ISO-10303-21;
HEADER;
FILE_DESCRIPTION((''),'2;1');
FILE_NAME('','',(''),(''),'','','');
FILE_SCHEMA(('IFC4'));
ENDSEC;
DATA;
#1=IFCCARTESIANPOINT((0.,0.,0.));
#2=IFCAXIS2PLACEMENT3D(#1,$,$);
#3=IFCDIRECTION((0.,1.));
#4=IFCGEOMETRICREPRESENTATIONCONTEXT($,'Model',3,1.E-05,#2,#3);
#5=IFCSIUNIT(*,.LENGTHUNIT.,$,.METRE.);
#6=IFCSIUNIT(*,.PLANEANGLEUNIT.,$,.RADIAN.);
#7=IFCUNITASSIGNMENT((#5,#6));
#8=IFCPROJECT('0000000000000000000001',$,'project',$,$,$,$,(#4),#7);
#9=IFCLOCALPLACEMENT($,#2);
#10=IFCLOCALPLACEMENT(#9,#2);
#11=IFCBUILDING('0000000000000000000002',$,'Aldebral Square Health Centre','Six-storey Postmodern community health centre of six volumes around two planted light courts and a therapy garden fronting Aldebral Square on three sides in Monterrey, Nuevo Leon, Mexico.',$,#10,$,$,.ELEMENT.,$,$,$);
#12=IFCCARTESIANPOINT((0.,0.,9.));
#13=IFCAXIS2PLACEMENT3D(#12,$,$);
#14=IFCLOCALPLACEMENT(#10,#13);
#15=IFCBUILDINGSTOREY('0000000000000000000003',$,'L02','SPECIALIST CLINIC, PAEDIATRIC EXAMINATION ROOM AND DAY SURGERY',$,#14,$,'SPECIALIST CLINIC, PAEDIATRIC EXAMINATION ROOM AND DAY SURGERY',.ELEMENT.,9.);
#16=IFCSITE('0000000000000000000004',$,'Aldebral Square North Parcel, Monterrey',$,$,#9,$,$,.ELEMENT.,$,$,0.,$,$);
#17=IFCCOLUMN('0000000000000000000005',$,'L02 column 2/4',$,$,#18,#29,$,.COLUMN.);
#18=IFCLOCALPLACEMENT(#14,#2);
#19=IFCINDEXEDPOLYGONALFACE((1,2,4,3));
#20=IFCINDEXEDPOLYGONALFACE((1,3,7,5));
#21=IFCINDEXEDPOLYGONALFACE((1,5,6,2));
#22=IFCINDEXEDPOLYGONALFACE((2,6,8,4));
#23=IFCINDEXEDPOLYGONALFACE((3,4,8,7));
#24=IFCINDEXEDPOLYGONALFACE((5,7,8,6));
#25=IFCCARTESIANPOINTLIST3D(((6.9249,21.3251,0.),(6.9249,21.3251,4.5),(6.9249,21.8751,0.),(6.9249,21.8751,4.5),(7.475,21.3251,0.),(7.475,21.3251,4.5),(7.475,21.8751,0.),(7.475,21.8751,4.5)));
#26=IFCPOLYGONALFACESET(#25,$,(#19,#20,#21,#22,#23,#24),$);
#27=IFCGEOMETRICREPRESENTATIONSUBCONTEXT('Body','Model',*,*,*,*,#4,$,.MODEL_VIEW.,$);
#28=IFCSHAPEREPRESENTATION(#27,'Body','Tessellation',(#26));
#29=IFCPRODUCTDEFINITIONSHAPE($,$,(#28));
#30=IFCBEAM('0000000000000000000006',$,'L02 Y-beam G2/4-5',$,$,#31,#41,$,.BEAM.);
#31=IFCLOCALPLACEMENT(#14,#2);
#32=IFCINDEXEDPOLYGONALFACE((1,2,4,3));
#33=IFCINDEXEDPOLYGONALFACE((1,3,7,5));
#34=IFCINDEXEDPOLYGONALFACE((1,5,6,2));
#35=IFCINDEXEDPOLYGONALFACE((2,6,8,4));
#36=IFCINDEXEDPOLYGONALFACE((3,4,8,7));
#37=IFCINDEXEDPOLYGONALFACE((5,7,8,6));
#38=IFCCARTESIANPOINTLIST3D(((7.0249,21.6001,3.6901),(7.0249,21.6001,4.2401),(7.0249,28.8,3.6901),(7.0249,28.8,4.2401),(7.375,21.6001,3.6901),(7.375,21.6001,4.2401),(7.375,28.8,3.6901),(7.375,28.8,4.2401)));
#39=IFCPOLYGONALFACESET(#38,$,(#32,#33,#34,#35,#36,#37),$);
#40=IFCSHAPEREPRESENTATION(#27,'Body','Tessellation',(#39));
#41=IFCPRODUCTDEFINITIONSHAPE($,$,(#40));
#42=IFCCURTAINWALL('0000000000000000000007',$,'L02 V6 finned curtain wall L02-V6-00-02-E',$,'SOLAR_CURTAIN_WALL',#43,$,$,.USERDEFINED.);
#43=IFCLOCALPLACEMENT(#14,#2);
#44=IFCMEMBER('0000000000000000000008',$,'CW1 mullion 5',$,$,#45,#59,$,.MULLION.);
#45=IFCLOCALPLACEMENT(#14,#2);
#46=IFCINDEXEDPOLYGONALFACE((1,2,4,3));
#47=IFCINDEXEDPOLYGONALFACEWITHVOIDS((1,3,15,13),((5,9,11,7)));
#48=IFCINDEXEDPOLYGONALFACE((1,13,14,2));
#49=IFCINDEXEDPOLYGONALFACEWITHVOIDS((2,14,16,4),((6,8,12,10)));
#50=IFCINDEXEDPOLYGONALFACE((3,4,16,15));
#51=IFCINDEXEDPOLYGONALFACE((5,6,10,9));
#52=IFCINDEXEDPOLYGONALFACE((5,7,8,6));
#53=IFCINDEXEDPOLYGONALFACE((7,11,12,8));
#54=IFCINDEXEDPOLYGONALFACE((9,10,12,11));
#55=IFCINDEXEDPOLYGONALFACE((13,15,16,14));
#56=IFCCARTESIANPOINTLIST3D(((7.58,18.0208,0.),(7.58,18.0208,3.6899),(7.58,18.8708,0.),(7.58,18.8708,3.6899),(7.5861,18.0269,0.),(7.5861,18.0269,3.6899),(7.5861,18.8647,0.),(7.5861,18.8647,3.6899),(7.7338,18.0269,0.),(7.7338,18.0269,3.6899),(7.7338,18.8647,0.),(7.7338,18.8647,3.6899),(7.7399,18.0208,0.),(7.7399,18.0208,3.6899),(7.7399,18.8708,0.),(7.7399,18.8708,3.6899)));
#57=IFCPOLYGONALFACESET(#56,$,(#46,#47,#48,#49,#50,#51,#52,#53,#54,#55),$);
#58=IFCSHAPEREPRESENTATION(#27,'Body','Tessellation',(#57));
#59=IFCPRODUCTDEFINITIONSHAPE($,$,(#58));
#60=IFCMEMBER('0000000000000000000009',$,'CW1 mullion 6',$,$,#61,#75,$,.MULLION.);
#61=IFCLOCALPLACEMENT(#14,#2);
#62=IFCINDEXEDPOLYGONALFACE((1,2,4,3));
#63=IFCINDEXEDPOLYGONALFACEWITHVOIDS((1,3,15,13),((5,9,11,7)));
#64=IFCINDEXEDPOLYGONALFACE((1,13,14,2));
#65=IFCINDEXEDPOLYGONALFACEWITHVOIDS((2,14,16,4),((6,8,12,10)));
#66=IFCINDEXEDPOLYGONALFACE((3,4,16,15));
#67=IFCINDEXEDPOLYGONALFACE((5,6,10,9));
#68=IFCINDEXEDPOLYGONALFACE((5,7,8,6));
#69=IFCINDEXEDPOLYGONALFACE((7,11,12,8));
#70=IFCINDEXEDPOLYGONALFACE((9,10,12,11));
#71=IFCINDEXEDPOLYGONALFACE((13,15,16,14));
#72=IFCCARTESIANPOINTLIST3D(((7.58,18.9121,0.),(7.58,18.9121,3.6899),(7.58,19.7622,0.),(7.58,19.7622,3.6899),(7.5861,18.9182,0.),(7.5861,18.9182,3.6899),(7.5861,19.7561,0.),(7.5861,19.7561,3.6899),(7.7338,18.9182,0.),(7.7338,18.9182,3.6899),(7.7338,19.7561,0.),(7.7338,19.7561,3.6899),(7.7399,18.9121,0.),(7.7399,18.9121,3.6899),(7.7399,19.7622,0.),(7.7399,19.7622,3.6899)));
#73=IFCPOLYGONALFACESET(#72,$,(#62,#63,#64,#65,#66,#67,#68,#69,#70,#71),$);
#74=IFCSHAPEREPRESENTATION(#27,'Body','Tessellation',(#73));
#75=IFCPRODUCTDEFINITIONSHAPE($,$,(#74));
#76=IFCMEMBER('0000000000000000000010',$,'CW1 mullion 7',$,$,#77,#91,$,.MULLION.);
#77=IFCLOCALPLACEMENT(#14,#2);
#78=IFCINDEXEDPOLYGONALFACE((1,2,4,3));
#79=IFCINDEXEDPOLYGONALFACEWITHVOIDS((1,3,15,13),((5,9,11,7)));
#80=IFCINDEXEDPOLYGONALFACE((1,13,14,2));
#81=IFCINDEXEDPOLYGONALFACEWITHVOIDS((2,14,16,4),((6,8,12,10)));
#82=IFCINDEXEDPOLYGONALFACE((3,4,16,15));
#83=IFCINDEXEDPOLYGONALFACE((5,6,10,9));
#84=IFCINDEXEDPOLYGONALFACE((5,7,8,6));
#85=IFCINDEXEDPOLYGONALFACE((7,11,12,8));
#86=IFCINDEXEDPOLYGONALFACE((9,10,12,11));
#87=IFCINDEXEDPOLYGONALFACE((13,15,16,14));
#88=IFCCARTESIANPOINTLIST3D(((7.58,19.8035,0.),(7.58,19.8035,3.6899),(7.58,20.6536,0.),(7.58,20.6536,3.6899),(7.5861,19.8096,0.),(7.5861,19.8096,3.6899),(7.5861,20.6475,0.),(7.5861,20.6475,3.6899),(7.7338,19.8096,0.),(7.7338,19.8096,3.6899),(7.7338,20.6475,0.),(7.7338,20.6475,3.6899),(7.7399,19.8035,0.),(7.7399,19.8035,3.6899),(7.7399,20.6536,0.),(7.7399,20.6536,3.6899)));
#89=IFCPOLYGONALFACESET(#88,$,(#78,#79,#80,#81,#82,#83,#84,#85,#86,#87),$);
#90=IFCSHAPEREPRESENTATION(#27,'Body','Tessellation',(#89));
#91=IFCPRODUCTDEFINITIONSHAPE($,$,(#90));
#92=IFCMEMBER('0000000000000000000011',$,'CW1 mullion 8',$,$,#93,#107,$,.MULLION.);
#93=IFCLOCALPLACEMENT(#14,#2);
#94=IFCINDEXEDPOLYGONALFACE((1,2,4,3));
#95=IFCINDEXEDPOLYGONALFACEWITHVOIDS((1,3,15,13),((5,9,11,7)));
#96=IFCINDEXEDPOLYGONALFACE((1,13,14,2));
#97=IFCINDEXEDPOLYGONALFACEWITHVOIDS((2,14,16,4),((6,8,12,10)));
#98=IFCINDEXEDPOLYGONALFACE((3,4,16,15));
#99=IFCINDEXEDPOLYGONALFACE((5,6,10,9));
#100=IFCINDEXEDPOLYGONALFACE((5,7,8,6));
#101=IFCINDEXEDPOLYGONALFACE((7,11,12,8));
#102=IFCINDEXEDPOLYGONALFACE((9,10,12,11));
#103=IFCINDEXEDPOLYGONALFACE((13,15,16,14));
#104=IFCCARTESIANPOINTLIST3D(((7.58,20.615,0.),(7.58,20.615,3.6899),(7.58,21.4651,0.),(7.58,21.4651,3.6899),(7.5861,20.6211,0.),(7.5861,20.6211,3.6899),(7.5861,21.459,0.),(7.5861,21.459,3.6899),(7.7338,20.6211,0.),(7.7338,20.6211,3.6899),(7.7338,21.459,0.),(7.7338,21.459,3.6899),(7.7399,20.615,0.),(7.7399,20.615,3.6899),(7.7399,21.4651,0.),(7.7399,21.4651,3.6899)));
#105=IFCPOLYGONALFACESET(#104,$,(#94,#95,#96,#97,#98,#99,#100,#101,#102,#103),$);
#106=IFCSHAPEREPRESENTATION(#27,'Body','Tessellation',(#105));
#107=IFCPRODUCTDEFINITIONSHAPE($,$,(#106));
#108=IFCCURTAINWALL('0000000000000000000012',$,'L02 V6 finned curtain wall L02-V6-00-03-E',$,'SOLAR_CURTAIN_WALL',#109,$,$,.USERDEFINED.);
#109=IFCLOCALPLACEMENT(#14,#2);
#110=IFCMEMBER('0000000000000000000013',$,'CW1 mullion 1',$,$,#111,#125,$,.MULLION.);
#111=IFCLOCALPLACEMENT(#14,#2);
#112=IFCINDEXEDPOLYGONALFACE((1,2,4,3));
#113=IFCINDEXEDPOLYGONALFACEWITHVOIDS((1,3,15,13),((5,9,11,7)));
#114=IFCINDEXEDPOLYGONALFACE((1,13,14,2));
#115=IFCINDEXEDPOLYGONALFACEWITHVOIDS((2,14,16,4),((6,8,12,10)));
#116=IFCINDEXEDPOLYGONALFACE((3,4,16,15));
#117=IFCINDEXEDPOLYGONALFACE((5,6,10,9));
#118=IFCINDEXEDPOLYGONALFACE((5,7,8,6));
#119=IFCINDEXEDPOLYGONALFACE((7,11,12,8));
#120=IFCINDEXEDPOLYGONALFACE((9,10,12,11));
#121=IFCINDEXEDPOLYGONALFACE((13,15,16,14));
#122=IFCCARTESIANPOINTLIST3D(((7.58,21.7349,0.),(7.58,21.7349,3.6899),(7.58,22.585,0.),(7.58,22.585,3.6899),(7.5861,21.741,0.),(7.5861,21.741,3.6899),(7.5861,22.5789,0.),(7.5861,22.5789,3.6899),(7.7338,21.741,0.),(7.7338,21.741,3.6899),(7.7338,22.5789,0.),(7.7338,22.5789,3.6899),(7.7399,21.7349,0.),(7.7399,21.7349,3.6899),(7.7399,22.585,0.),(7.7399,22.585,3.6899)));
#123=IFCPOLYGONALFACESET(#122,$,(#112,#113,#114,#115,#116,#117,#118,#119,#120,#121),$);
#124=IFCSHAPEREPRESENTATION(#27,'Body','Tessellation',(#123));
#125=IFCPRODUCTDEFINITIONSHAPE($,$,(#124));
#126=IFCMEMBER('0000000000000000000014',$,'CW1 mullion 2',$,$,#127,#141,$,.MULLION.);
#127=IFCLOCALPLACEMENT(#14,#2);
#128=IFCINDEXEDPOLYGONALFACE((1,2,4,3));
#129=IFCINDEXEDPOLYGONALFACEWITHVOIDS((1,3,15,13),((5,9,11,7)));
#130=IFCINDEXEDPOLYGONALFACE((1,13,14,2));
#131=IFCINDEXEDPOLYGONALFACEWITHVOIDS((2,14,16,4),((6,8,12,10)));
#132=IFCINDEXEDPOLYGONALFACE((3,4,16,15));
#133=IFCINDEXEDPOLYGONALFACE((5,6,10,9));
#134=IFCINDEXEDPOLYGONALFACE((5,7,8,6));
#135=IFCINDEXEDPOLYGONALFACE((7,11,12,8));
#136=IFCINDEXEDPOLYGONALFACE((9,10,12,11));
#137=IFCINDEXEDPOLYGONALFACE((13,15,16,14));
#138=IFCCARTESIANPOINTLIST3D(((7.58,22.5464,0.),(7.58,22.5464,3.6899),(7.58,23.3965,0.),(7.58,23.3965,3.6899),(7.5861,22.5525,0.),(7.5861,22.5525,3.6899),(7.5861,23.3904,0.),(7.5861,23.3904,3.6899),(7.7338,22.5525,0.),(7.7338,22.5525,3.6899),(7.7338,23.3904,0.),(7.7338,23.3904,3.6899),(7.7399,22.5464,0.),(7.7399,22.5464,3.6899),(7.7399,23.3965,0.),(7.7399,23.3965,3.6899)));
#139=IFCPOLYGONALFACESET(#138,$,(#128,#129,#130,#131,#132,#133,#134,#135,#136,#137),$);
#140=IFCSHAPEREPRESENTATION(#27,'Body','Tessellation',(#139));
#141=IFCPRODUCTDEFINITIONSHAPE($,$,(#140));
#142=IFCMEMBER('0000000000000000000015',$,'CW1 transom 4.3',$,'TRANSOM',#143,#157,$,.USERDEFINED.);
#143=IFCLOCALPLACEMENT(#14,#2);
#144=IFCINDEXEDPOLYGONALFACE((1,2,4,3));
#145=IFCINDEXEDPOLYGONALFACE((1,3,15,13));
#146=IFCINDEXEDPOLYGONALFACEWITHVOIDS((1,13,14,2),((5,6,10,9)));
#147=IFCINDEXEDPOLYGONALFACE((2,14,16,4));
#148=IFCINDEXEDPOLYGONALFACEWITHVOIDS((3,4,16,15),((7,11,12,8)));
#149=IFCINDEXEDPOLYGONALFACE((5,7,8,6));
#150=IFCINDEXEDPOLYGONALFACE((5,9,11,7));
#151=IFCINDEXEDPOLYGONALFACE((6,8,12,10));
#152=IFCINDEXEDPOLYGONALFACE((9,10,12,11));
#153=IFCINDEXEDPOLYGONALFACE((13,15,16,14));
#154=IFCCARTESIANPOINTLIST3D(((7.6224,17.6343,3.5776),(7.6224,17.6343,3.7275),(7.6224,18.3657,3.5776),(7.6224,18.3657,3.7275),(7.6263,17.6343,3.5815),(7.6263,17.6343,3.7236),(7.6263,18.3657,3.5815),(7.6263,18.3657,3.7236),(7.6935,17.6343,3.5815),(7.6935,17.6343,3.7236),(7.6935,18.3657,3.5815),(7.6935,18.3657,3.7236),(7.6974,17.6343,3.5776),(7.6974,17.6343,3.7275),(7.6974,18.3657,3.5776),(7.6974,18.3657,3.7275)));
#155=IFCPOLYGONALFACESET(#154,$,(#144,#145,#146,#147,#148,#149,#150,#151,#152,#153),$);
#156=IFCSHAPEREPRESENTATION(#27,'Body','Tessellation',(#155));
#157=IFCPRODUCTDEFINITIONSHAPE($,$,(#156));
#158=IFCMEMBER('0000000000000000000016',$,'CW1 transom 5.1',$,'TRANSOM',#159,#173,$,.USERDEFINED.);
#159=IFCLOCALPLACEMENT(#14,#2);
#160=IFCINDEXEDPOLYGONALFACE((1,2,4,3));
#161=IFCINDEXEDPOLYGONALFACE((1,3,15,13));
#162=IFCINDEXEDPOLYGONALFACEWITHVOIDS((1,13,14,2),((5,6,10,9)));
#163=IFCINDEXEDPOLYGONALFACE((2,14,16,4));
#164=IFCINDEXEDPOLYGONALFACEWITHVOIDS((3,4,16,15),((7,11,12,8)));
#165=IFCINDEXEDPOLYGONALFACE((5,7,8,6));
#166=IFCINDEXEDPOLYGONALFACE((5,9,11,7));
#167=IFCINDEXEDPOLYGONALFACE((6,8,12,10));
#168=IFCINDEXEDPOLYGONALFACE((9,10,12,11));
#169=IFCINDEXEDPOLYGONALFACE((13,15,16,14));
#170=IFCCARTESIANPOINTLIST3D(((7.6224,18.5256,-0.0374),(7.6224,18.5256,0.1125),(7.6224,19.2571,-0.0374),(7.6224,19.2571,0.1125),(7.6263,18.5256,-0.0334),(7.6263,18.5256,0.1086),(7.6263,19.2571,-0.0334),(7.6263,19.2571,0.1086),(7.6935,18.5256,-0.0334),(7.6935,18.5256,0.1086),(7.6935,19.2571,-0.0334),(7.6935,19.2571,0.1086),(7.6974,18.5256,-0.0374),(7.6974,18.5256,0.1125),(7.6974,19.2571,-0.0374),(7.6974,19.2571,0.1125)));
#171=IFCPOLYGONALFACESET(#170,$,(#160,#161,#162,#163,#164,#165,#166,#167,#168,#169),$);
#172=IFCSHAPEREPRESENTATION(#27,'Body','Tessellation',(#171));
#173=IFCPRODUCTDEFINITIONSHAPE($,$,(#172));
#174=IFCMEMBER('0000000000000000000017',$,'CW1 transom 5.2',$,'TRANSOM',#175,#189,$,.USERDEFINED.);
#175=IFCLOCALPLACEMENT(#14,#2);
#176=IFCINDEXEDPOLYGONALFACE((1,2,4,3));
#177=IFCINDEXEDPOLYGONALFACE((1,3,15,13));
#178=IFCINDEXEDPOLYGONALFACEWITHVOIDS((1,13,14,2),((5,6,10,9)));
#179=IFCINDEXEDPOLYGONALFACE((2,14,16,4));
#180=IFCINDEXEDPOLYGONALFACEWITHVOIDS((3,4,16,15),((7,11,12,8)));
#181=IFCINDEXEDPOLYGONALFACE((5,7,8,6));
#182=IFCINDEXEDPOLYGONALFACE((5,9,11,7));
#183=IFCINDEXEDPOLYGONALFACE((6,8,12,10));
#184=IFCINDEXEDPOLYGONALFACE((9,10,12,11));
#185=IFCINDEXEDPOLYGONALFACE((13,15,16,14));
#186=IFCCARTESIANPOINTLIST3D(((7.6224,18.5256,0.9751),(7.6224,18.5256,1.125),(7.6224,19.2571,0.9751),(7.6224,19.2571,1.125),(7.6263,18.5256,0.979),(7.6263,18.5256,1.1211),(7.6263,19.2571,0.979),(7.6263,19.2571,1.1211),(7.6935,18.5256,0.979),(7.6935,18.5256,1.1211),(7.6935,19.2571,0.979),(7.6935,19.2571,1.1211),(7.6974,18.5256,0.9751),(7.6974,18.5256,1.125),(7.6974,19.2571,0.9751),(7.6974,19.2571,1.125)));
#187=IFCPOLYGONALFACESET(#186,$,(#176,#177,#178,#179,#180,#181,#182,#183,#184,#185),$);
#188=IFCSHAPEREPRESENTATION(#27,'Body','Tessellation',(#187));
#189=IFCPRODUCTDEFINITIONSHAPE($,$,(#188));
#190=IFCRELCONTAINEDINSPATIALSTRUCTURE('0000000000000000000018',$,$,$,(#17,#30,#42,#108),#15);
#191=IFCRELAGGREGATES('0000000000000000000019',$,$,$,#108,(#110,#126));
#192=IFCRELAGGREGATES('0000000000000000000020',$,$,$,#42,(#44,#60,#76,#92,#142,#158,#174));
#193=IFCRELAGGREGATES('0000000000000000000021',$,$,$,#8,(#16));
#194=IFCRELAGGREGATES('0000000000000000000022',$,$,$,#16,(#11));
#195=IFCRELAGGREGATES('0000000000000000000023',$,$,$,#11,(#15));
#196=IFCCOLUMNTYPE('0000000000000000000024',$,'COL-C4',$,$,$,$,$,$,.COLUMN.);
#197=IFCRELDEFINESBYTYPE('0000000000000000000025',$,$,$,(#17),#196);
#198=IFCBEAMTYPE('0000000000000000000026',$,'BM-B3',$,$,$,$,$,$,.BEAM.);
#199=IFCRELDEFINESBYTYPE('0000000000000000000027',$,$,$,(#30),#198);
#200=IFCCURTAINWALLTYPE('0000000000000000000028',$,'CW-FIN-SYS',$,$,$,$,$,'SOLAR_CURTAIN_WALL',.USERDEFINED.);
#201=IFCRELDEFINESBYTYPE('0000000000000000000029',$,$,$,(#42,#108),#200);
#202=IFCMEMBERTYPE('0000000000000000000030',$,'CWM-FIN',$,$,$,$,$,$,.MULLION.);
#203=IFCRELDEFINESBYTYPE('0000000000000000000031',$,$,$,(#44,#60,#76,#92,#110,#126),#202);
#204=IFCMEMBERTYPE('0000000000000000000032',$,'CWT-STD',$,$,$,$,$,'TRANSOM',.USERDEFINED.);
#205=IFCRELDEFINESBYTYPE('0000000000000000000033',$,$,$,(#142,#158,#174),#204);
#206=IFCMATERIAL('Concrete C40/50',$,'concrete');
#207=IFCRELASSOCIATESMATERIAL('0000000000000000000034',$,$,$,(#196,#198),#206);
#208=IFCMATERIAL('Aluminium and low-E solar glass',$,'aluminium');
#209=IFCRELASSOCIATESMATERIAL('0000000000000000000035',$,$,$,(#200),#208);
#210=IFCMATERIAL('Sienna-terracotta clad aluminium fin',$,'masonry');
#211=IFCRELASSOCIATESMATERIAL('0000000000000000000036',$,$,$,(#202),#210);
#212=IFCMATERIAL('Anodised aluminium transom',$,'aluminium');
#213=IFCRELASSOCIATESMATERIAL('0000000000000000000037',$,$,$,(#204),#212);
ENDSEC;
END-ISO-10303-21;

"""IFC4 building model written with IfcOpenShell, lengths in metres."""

from ifc_helpers import new_model, si_unit, direction, frame, origin, origin_2d, place, context, subcontext, project, spatial, rectangle, hollow_rectangle, extrude, material, material_profile, profile_set, type_object, element, aggregate, save


model = new_model("IFC4")

# Units and contexts
model_context = context("Model", 3, precision=1e-05, world=origin(), true_north=direction((0.0, 1.0)))
body_context = subcontext(model_context, "Body", "Model", "MODEL_VIEW")
ifc_project = project(units=[si_unit("LENGTHUNIT", "METRE"), si_unit("PLANEANGLEUNIT", "RADIAN")], contexts=[model_context])

# Site, building, storey
site_placement = place(None, origin())
site = spatial("IfcSite", under=ifc_project, at=site_placement, Name="Aldebral Square North Parcel, Monterrey", CompositionType="ELEMENT", RefElevation=0.0)
building_placement = place(site_placement, origin())
building = spatial("IfcBuilding", under=site, at=building_placement, Name="Aldebral Square Health Centre", Description="Six-storey Postmodern community health centre of six volumes around two planted light courts and a therapy garden fronting Aldebral Square on three sides in Monterrey, Nuevo Leon, Mexico.", CompositionType="ELEMENT")
storey_placement = place(building_placement, frame((0.0, 0.0, 9.0)))
storey = spatial("IfcBuildingStorey", under=building, at=storey_placement, Name="L02", Description="SPECIALIST CLINIC, PAEDIATRIC EXAMINATION ROOM AND DAY SURGERY", LongName="SPECIALIST CLINIC, PAEDIATRIC EXAMINATION ROOM AND DAY SURGERY", CompositionType="ELEMENT", Elevation=9.0)

# Column
ifc_material_1 = material(Name="Concrete C40/50", Category="concrete")
ifc_material_profile_1 = material_profile(ifc_material_1, rectangle(XDim=0.55, YDim=0.55, at=origin_2d()), Name="RC 550x550")
ifc_profile_set_1 = profile_set([ifc_material_profile_1], Name="Concrete C40/50")
column_type = type_object("IfcColumnType", Name="COL-C4", PredefinedType="COLUMN", material=ifc_profile_set_1)
column_placement = place(storey_placement, frame((7.2, 21.6001, 0.0), z_axis=(0.0, 0.0, 1.0), x_axis=(1.0, 0.0, 0.0)))
element("IfcColumn", 1, at=column_placement, inside=storey, type_object=column_type, Name="L02 column 2/4", PredefinedType="COLUMN", context=body_context, shape_type="SweptSolid", body=[
    extrude(rectangle(XDim=0.55, YDim=0.55, at=origin_2d()), origin(), (0.0, 0.0, 1.0), 4.5),
])

# Beam
ifc_material_profile_2 = material_profile(ifc_material_1, rectangle(XDim=0.3501, YDim=0.55, at=origin_2d()), Name="RC 350x550")
ifc_profile_set_2 = profile_set([ifc_material_profile_2], Name="Concrete C40/50")
beam_type = type_object("IfcBeamType", Name="BM-B3", PredefinedType="BEAM", material=ifc_profile_set_2)
beam_placement = place(storey_placement, frame((7.2, 21.6001, 3.9651), z_axis=(0.0, 1.0, 0.0), x_axis=(-1.0, 0.0, 0.0)))
element("IfcBeam", 2, at=beam_placement, inside=storey, type_object=beam_type, Name="L02 Y-beam G2/4-5", PredefinedType="BEAM", context=body_context, shape_type="SweptSolid", body=[
    extrude(rectangle(XDim=0.3501, YDim=0.55, at=origin_2d()), origin(), (0.0, 0.0, 1.0), 7.2),
])

# Curtain walls, members
ifc_material_2 = material(Name="Aluminium and low-E solar glass", Category="aluminium")
curtain_wall_type = type_object("IfcCurtainWallType", Name="CW-FIN-SYS", ElementType="SOLAR_CURTAIN_WALL", PredefinedType="USERDEFINED", material=ifc_material_2)
curtain_wall_1_placement = place(storey_placement, origin())
curtain_wall_1 = element("IfcCurtainWall", 3, at=curtain_wall_1_placement, inside=storey, type_object=curtain_wall_type, Name="L02 V6 finned curtain wall L02-V6-00-02-E", ObjectType="SOLAR_CURTAIN_WALL", PredefinedType="USERDEFINED")
ifc_material_3 = material(Name="Sienna-terracotta clad aluminium fin", Category="masonry")
ifc_material_profile_3 = material_profile(ifc_material_3, hollow_rectangle(XDim=0.1599, YDim=0.8501, WallThickness=0.0061, at=origin_2d()), Name="FIN 160x850x6")
ifc_profile_set_3 = profile_set([ifc_material_profile_3], Name="Sienna-terracotta clad aluminium fin")
member_type_1 = type_object("IfcMemberType", Name="CWM-FIN", PredefinedType="MULLION", material=ifc_profile_set_3)
member_1_placement = place(storey_placement, frame((7.6599, 18.4458, 0.0), z_axis=(0.0, 0.0, 1.0), x_axis=(-1.0, 0.0, 0.0)))
member_1 = element("IfcMember", 4, at=member_1_placement, type_object=member_type_1, Name="CW1 mullion 5", PredefinedType="MULLION", context=body_context, shape_type="SweptSolid", body=[
    extrude(hollow_rectangle(XDim=0.1599, YDim=0.8501, WallThickness=0.0061, at=origin_2d()), origin(), (0.0, 0.0, 1.0), 3.6899),
])
member_2_placement = place(storey_placement, frame((7.6599, 19.3372, 0.0), z_axis=(0.0, 0.0, 1.0), x_axis=(-1.0, 0.0, 0.0)))
member_2 = element("IfcMember", 5, at=member_2_placement, type_object=member_type_1, Name="CW1 mullion 6", PredefinedType="MULLION", context=body_context, shape_type="SweptSolid", body=[
    extrude(hollow_rectangle(XDim=0.1599, YDim=0.8501, WallThickness=0.0061, at=origin_2d()), origin(), (0.0, 0.0, 1.0), 3.6899),
])
member_3_placement = place(storey_placement, frame((7.6599, 20.2285, 0.0), z_axis=(0.0, 0.0, 1.0), x_axis=(-1.0, 0.0, 0.0)))
member_3 = element("IfcMember", 6, at=member_3_placement, type_object=member_type_1, Name="CW1 mullion 7", PredefinedType="MULLION", context=body_context, shape_type="SweptSolid", body=[
    extrude(hollow_rectangle(XDim=0.1599, YDim=0.8501, WallThickness=0.0061, at=origin_2d()), origin(), (0.0, 0.0, 1.0), 3.6899),
])
member_4_placement = place(storey_placement, frame((7.6599, 21.04, 0.0), z_axis=(0.0, 0.0, 1.0), x_axis=(-1.0, 0.0, 0.0)))
member_4 = element("IfcMember", 7, at=member_4_placement, type_object=member_type_1, Name="CW1 mullion 8", PredefinedType="MULLION", context=body_context, shape_type="SweptSolid", body=[
    extrude(hollow_rectangle(XDim=0.1599, YDim=0.8501, WallThickness=0.0061, at=origin_2d()), origin(), (0.0, 0.0, 1.0), 3.6899),
])
curtain_wall_2_placement = place(storey_placement, origin())
curtain_wall_2 = element("IfcCurtainWall", 8, at=curtain_wall_2_placement, inside=storey, type_object=curtain_wall_type, Name="L02 V6 finned curtain wall L02-V6-00-03-E", ObjectType="SOLAR_CURTAIN_WALL", PredefinedType="USERDEFINED")
member_5_placement = place(storey_placement, frame((7.6599, 22.1599, 0.0), z_axis=(0.0, 0.0, 1.0), x_axis=(-1.0, 0.0, 0.0)))
member_5 = element("IfcMember", 9, at=member_5_placement, type_object=member_type_1, Name="CW1 mullion 1", PredefinedType="MULLION", context=body_context, shape_type="SweptSolid", body=[
    extrude(hollow_rectangle(XDim=0.1599, YDim=0.8501, WallThickness=0.0061, at=origin_2d()), origin(), (0.0, 0.0, 1.0), 3.6899),
])
member_6_placement = place(storey_placement, frame((7.6599, 22.9714, 0.0), z_axis=(0.0, 0.0, 1.0), x_axis=(-1.0, 0.0, 0.0)))
member_6 = element("IfcMember", 10, at=member_6_placement, type_object=member_type_1, Name="CW1 mullion 2", PredefinedType="MULLION", context=body_context, shape_type="SweptSolid", body=[
    extrude(hollow_rectangle(XDim=0.1599, YDim=0.8501, WallThickness=0.0061, at=origin_2d()), origin(), (0.0, 0.0, 1.0), 3.6899),
])

# Members
ifc_material_4 = material(Name="Anodised aluminium transom", Category="aluminium")
ifc_material_profile_4 = material_profile(ifc_material_4, hollow_rectangle(XDim=0.075, YDim=0.1499, WallThickness=0.0039, at=origin_2d()), Name="CWT 75x150x4")
ifc_profile_set_4 = profile_set([ifc_material_profile_4], Name="Anodised aluminium transom")
member_type_2 = type_object("IfcMemberType", Name="CWT-STD", ElementType="TRANSOM", PredefinedType="USERDEFINED", material=ifc_profile_set_4)
member_7_placement = place(storey_placement, frame((7.6599, 17.6343, 3.6526), z_axis=(0.0, 1.0, 0.0), x_axis=(-1.0, 0.0, 0.0)))
member_7 = element("IfcMember", 11, at=member_7_placement, type_object=member_type_2, Name="CW1 transom 4.3", ObjectType="TRANSOM", PredefinedType="USERDEFINED", context=body_context, shape_type="SweptSolid", body=[
    extrude(hollow_rectangle(XDim=0.075, YDim=0.1499, WallThickness=0.0039, at=origin_2d()), origin(), (0.0, 0.0, 1.0), 0.7314),
])
member_8_placement = place(storey_placement, frame((7.6599, 18.5256, 0.0376), z_axis=(0.0, 1.0, 0.0), x_axis=(-1.0, 0.0, 0.0)))
member_8 = element("IfcMember", 12, at=member_8_placement, type_object=member_type_2, Name="CW1 transom 5.1", ObjectType="TRANSOM", PredefinedType="USERDEFINED", context=body_context, shape_type="SweptSolid", body=[
    extrude(hollow_rectangle(XDim=0.075, YDim=0.1499, WallThickness=0.0039, at=origin_2d()), origin(), (0.0, 0.0, 1.0), 0.7314),
])
member_9_placement = place(storey_placement, frame((7.6599, 18.5256, 1.05), z_axis=(0.0, 1.0, 0.0), x_axis=(-1.0, 0.0, 0.0)))
member_9 = element("IfcMember", 13, at=member_9_placement, type_object=member_type_2, Name="CW1 transom 5.2", ObjectType="TRANSOM", PredefinedType="USERDEFINED", context=body_context, shape_type="SweptSolid", body=[
    extrude(hollow_rectangle(XDim=0.075, YDim=0.1499, WallThickness=0.0039, at=origin_2d()), origin(), (0.0, 0.0, 1.0), 0.7314),
])

aggregate(curtain_wall_2, [member_5, member_6])
aggregate(curtain_wall_1, [member_1, member_2, member_3, member_4, member_7, member_8, member_9])

save(model, "model.ifc")
